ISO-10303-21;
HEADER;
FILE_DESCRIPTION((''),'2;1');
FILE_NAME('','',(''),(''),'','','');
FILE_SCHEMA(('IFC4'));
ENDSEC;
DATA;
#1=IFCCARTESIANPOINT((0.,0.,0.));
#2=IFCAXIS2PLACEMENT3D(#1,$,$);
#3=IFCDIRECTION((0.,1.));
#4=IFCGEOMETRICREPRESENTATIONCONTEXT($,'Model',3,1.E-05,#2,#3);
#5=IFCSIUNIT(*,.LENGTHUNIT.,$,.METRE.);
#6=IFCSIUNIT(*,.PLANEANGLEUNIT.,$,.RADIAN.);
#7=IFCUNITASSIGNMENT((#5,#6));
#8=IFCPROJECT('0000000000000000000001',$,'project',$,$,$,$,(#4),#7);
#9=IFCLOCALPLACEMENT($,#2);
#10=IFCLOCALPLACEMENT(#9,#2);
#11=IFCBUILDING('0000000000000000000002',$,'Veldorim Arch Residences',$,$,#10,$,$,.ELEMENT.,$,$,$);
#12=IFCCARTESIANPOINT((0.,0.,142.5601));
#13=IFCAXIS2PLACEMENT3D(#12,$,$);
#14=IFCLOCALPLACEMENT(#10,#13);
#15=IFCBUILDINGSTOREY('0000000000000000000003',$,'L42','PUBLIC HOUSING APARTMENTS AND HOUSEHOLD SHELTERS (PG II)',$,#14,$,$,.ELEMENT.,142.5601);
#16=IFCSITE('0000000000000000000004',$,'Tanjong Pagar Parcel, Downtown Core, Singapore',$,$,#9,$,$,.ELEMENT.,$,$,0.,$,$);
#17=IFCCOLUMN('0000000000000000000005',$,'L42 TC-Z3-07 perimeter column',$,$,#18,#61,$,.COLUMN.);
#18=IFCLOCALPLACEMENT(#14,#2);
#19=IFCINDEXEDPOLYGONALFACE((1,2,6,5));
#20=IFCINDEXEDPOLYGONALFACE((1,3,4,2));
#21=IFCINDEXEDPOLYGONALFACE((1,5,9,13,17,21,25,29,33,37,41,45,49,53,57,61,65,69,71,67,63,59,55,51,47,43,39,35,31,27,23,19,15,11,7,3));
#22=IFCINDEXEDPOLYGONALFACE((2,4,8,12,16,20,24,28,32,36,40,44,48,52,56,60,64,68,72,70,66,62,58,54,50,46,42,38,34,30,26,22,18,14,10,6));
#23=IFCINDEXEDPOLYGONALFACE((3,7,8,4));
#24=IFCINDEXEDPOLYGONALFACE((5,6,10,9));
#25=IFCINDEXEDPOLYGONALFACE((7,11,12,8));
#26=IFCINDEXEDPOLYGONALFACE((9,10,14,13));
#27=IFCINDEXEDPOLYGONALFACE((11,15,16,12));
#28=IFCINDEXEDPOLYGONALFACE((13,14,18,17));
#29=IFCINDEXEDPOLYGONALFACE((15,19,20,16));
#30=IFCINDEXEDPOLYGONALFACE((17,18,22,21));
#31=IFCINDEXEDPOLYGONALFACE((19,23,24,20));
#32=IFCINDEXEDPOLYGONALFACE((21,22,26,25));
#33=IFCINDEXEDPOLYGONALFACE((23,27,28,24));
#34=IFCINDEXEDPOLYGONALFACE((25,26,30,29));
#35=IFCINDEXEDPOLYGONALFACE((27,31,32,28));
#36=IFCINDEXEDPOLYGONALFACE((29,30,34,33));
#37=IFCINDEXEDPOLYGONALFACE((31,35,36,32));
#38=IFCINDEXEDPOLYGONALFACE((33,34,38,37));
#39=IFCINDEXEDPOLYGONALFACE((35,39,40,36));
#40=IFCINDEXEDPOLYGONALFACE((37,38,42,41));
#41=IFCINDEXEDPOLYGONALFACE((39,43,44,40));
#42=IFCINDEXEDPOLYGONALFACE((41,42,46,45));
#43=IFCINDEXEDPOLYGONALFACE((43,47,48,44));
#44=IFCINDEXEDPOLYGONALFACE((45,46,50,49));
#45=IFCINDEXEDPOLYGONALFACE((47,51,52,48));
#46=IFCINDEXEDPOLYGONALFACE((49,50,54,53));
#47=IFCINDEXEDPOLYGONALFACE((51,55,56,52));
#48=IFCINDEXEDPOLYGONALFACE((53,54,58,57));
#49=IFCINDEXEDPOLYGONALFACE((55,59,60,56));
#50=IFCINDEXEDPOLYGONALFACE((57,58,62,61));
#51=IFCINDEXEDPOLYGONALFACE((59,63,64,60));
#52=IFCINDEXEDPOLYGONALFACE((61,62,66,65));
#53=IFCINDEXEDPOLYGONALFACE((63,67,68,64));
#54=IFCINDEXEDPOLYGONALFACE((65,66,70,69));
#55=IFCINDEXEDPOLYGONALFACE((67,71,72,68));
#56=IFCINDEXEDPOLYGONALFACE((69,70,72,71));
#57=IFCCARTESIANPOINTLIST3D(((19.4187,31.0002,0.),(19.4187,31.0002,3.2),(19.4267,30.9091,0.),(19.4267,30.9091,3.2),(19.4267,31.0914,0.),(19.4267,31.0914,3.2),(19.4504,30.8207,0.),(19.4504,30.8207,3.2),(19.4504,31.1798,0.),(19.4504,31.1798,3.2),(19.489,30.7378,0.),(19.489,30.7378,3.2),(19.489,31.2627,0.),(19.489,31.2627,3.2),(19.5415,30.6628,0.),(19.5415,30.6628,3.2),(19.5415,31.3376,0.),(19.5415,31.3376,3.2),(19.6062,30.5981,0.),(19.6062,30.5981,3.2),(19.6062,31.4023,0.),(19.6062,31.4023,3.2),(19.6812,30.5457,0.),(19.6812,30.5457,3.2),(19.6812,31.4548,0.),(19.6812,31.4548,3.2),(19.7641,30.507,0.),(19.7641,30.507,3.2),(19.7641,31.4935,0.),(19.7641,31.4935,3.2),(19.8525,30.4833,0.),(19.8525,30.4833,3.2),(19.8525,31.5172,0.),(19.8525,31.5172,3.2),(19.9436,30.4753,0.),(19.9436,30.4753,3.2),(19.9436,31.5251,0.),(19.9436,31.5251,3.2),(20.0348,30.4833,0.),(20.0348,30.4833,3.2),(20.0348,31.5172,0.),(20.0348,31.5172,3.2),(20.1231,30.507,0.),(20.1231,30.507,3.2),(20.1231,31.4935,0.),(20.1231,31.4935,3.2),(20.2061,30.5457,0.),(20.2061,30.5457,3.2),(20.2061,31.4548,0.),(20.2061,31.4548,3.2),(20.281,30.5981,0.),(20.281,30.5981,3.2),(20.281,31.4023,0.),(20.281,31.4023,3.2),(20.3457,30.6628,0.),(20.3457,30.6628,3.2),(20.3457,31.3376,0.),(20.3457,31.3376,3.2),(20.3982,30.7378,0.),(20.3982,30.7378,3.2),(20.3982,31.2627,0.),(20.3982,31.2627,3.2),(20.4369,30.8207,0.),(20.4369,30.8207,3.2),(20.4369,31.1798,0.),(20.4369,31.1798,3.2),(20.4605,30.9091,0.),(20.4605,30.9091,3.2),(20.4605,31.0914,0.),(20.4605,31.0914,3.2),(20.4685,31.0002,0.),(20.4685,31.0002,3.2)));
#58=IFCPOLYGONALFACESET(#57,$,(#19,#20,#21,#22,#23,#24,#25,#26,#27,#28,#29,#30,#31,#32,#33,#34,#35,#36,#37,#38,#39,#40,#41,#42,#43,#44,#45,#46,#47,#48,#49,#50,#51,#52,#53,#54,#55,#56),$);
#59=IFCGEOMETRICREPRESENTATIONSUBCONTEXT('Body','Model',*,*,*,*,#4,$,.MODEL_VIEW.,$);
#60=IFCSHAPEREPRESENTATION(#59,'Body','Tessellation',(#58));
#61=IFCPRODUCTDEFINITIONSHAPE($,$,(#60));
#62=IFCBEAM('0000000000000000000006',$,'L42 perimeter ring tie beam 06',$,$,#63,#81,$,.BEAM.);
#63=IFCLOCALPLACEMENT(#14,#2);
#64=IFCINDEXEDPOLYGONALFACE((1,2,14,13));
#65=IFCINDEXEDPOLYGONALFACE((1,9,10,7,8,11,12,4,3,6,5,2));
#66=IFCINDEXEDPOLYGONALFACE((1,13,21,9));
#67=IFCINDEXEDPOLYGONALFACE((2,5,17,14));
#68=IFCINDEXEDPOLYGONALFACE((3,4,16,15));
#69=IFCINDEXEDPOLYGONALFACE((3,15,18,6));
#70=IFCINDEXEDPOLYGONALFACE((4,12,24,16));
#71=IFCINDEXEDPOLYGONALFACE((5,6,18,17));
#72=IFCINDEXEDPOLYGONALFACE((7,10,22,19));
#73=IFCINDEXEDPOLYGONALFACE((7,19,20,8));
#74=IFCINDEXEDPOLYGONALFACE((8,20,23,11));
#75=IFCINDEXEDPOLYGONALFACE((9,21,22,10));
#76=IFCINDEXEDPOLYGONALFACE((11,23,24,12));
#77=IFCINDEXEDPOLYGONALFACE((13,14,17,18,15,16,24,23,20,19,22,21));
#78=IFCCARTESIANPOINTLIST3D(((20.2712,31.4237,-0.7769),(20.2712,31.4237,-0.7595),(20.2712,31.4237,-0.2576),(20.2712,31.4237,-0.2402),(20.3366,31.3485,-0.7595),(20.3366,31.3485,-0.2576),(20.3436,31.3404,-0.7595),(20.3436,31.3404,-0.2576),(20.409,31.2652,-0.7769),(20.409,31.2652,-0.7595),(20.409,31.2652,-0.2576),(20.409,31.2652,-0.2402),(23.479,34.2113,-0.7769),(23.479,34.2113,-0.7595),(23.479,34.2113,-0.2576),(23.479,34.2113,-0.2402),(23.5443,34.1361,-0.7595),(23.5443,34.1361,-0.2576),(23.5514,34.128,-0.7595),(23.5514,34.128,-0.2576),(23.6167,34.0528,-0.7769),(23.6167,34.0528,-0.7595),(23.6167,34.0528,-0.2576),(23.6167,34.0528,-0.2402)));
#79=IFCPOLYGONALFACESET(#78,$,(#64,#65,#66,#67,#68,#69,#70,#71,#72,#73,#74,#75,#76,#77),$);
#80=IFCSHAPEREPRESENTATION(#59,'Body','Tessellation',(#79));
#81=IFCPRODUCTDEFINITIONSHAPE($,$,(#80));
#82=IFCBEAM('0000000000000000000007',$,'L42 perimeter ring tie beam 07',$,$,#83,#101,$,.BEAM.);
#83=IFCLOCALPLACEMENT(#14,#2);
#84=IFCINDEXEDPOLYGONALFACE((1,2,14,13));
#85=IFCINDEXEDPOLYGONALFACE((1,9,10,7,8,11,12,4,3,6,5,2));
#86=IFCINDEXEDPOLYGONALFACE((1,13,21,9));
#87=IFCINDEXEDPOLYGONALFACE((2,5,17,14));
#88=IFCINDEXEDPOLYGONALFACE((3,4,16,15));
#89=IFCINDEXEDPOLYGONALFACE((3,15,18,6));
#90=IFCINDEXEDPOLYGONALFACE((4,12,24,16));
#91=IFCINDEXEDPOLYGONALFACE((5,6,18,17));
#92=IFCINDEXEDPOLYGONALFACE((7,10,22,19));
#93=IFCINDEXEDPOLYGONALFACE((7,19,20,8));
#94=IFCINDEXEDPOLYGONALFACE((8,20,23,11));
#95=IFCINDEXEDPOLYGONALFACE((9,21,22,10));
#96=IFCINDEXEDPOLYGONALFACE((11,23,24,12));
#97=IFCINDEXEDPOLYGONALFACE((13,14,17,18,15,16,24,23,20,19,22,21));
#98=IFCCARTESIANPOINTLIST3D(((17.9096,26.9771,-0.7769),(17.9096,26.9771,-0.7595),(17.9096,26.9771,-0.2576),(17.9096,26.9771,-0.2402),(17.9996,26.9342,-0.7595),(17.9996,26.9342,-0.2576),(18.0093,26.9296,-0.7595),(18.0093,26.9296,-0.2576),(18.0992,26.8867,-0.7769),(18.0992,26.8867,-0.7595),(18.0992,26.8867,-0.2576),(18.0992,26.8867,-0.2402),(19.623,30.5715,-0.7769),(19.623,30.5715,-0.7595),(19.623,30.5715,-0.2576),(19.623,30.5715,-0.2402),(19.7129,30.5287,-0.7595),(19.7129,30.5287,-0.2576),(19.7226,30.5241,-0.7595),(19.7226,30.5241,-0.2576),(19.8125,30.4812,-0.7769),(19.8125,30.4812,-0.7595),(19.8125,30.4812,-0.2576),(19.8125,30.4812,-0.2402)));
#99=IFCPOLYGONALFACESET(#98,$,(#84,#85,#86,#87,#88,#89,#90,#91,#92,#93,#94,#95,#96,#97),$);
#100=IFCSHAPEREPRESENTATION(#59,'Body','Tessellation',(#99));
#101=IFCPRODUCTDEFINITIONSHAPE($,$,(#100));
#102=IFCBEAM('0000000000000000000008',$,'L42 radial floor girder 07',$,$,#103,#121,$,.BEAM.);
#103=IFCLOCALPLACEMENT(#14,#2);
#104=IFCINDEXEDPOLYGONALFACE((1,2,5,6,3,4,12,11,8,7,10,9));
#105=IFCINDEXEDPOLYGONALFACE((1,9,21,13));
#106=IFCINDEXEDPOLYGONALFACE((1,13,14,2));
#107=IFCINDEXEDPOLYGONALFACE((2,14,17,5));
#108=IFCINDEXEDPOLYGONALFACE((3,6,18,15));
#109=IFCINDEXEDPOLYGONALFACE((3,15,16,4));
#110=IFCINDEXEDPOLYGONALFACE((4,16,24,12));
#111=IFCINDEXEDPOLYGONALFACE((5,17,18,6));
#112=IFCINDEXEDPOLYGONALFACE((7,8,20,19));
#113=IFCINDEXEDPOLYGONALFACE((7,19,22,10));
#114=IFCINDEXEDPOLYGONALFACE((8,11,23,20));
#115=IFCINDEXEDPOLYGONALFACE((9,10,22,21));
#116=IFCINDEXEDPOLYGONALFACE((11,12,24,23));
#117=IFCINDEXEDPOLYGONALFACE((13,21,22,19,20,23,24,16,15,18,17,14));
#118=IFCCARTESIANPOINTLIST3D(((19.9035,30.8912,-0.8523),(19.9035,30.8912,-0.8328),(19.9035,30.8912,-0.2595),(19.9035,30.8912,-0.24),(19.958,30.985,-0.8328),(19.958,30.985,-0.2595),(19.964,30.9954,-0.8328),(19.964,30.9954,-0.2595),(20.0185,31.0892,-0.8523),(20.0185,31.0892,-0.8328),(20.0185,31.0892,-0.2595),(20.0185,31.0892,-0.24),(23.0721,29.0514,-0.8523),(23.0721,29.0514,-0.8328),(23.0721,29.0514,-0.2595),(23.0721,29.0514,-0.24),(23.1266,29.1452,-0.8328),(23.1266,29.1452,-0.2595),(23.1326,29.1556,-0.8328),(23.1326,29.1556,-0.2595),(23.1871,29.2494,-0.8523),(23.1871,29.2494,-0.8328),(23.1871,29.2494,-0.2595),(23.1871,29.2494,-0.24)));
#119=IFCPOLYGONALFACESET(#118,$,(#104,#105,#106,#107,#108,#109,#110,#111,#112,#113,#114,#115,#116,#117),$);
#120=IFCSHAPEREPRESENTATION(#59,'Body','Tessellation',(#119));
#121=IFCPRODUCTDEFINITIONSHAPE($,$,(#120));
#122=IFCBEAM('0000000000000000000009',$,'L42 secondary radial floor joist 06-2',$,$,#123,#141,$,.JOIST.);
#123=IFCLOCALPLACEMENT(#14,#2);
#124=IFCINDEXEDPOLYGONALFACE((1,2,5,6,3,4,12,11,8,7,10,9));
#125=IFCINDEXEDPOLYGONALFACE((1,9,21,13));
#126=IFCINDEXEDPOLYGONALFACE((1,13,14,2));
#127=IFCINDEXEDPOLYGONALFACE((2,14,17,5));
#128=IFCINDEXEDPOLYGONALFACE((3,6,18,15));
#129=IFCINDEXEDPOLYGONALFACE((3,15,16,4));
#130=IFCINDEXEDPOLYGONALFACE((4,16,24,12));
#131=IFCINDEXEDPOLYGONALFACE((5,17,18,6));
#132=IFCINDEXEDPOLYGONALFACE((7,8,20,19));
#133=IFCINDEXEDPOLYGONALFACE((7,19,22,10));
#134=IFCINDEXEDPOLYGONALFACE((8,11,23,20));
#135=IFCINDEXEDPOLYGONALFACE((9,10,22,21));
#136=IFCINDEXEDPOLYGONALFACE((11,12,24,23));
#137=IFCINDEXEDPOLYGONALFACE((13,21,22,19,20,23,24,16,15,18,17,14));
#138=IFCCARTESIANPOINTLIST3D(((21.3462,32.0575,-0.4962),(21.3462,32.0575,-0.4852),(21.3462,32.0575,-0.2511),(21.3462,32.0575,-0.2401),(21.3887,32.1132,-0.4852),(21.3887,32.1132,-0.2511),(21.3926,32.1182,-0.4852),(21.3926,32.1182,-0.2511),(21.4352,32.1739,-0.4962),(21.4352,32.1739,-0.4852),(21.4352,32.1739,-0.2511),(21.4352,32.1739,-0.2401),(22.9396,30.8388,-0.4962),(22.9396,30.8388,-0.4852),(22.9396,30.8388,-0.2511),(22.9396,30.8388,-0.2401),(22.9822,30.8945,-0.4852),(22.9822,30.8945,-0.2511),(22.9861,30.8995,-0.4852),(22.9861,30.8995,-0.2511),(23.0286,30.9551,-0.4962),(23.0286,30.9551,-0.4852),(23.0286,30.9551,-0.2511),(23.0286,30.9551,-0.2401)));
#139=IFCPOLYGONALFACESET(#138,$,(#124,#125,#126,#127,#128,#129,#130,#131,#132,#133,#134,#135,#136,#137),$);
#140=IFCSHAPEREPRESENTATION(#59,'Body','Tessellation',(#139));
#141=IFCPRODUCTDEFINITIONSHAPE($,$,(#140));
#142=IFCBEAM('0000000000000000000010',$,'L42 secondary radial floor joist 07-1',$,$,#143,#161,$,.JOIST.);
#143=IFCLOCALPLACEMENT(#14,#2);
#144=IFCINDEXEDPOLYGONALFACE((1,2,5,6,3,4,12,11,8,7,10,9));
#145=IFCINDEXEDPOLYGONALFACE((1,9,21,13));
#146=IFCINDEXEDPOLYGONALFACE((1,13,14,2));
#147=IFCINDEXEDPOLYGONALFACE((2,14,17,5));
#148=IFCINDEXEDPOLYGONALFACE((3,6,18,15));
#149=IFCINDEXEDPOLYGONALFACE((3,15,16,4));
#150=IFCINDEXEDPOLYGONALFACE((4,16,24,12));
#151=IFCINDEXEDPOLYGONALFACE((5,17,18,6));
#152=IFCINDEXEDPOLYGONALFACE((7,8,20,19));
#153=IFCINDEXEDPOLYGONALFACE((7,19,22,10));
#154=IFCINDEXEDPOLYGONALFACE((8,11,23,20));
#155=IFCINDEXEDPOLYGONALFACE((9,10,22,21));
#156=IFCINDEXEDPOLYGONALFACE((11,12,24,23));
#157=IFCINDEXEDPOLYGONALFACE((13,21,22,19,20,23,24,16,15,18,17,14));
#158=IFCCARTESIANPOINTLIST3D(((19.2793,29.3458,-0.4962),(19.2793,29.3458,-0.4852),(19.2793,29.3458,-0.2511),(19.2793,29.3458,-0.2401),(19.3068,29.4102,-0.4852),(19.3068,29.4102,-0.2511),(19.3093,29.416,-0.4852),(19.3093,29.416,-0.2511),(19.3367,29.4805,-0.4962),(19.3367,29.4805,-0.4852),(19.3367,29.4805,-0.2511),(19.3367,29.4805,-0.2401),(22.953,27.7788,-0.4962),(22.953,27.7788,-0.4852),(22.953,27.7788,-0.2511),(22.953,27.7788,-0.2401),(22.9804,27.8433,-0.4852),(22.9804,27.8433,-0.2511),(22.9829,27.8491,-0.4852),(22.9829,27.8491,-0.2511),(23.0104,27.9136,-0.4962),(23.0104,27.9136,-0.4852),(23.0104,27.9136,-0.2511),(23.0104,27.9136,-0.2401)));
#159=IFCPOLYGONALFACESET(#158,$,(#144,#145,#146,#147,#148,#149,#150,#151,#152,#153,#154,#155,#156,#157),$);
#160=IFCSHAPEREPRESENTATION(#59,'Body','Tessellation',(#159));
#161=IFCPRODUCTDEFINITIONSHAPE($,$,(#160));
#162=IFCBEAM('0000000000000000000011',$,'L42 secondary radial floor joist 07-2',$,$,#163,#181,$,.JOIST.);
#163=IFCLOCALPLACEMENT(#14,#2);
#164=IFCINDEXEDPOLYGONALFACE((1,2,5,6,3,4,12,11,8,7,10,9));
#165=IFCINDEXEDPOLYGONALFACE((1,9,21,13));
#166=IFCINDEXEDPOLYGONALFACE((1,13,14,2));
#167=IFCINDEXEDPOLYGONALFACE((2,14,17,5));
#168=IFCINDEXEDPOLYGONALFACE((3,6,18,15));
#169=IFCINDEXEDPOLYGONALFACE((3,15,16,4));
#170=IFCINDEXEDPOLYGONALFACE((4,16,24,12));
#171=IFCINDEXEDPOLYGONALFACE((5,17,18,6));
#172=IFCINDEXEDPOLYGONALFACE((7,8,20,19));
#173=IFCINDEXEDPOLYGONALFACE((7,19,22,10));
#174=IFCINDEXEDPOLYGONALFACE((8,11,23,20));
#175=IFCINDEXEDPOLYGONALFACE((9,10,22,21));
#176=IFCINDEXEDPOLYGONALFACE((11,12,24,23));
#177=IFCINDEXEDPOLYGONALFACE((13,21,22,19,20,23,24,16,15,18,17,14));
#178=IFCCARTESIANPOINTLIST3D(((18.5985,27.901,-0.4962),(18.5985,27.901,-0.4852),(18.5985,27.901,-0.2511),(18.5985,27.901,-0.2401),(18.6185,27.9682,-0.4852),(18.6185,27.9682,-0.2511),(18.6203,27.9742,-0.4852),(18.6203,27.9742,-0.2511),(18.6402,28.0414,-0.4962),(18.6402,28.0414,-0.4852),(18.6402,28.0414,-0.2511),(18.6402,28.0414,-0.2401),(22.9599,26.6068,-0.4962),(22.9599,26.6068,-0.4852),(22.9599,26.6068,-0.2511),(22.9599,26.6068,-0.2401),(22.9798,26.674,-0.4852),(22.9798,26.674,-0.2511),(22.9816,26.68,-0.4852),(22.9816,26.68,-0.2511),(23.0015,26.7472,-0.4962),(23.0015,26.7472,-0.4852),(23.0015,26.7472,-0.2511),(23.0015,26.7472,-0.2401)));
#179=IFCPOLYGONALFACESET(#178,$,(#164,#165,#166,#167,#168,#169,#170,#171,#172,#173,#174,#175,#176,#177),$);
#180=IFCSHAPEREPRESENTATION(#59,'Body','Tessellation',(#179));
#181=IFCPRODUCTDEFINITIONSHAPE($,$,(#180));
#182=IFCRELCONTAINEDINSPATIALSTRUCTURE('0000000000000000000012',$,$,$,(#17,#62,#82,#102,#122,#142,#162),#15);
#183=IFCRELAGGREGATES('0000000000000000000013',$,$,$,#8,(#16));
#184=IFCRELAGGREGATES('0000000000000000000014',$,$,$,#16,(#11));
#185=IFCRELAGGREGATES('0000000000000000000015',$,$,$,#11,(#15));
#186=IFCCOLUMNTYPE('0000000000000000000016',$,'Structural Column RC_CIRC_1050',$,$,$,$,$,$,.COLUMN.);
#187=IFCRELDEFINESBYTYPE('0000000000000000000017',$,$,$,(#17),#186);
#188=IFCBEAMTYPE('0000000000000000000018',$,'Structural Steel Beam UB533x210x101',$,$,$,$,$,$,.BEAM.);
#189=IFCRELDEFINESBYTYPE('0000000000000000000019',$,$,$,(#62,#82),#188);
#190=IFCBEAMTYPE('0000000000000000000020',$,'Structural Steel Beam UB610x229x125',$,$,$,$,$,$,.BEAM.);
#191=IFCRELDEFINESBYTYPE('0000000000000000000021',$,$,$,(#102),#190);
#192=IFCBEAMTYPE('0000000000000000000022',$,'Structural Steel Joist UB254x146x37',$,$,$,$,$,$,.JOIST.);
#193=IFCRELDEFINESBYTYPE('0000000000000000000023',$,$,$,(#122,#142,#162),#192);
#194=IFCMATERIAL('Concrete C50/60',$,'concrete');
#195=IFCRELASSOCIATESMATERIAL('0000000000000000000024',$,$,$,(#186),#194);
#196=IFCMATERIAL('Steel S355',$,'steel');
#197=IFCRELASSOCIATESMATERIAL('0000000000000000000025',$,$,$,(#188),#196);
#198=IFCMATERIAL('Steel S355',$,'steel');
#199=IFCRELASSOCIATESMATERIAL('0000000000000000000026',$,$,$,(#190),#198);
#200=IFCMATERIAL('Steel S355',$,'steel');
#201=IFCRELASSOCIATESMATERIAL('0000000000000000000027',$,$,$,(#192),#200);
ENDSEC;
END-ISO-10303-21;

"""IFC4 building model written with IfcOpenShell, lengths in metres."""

from ifc_helpers import new_model, si_unit, direction, frame, origin, origin_2d, place, context, subcontext, project, spatial, circle, i_section, extrude, material, material_profile, profile_set, type_object, element, save


model = new_model("IFC4")

# Units and contexts
model_context = context("Model", 3, precision=1e-05, world=origin(), true_north=direction((0.0, 1.0)))
body_context = subcontext(model_context, "Body", "Model", "MODEL_VIEW")
ifc_project = project(units=[si_unit("LENGTHUNIT", "METRE"), si_unit("PLANEANGLEUNIT", "RADIAN")], contexts=[model_context])

# Site, building, storey
site_placement = place(None, origin())
site = spatial("IfcSite", under=ifc_project, at=site_placement, Name="Tanjong Pagar Parcel, Downtown Core, Singapore", CompositionType="ELEMENT", RefElevation=0.0)
building_placement = place(site_placement, origin())
building = spatial("IfcBuilding", under=site, at=building_placement, Name="Veldorim Arch Residences", CompositionType="ELEMENT")
storey_placement = place(building_placement, frame((0.0, 0.0, 142.5601)))
storey = spatial("IfcBuildingStorey", under=building, at=storey_placement, Name="L42", Description="PUBLIC HOUSING APARTMENTS AND HOUSEHOLD SHELTERS (PG II)", CompositionType="ELEMENT", Elevation=142.5601)

# Column
ifc_material_1 = material(Name="Concrete C50/60", Category="concrete")
ifc_material_profile_1 = material_profile(ifc_material_1, circle(Radius=0.5249, at=origin_2d()), Name="RC_CIRC_1050")
ifc_profile_set_1 = profile_set([ifc_material_profile_1], Name="Concrete C50/60")
column_type = type_object("IfcColumnType", Name="Structural Column RC_CIRC_1050", PredefinedType="COLUMN", material=ifc_profile_set_1)
column_placement = place(storey_placement, frame((19.9436, 31.0002, 0.0), z_axis=(0.0, 0.0, 1.0), x_axis=(1.0, 0.0, 0.0)))
element("IfcColumn", 1, at=column_placement, inside=storey, type_object=column_type, Name="L42 TC-Z3-07 perimeter column", PredefinedType="COLUMN", context=body_context, shape_type="SweptSolid", body=[
    extrude(circle(Radius=0.5249, at=origin_2d()), origin(), (0.0, 0.0, 1.0), 3.2),
])

# Beams
ifc_material_2 = material(Name="Steel S355", Category="steel")
ifc_material_profile_2 = material_profile(ifc_material_2, i_section(OverallWidth=0.21, OverallDepth=0.5366, WebThickness=0.0107, FlangeThickness=0.0173, at=origin_2d()), Name="UB533x210x101")
ifc_profile_set_2 = profile_set([ifc_material_profile_2], Name="Steel S355")
beam_type_1 = type_object("IfcBeamType", Name="Structural Steel Beam UB533x210x101", PredefinedType="BEAM", material=ifc_profile_set_2)
beam_1_placement = place(storey_placement, frame((23.5479, 34.1321, -0.5085), z_axis=(-0.754811, -0.655943, 0.0), x_axis=(0.655943, -0.754811, 0.0)))
element("IfcBeam", 2, at=beam_1_placement, inside=storey, type_object=beam_type_1, Name="L42 perimeter ring tie beam 06", PredefinedType="BEAM", context=body_context, shape_type="SweptSolid", body=[
    extrude(i_section(OverallWidth=0.21, OverallDepth=0.5366, WebThickness=0.0107, FlangeThickness=0.0173, at=origin_2d()), origin(), (0.0, 0.0, 1.0), 4.2498),
])
beam_2_placement = place(storey_placement, frame((19.7178, 30.5264, -0.5085), z_axis=(-0.430286, -0.902693, 0.0), x_axis=(0.902693, -0.430286, 0.0)))
element("IfcBeam", 3, at=beam_2_placement, inside=storey, type_object=beam_type_1, Name="L42 perimeter ring tie beam 07", PredefinedType="BEAM", context=body_context, shape_type="SweptSolid", body=[
    extrude(i_section(OverallWidth=0.21, OverallDepth=0.5366, WebThickness=0.0107, FlangeThickness=0.0173, at=origin_2d()), origin(), (0.0, 0.0, 1.0), 3.9819),
])
ifc_material_3 = material(Name="Steel S355", Category="steel")
ifc_material_profile_3 = material_profile(ifc_material_3, i_section(OverallWidth=0.229, OverallDepth=0.6123, WebThickness=0.012, FlangeThickness=0.0195, at=origin_2d()), Name="UB610x229x125")
ifc_profile_set_3 = profile_set([ifc_material_profile_3], Name="Steel S355")
beam_type_2 = type_object("IfcBeamType", Name="Structural Steel Beam UB610x229x125", PredefinedType="BEAM", material=ifc_profile_set_3)
beam_3_placement = place(storey_placement, frame((23.1296, 29.1504, -0.5461), z_axis=(-0.864795, 0.502126, 0.0), x_axis=(-0.502126, -0.864795, 0.0)))
element("IfcBeam", 4, at=beam_3_placement, inside=storey, type_object=beam_type_2, Name="L42 radial floor girder 07", PredefinedType="BEAM", context=body_context, shape_type="SweptSolid", body=[
    extrude(i_section(OverallWidth=0.229, OverallDepth=0.6123, WebThickness=0.012, FlangeThickness=0.0195, at=origin_2d()), origin(), (0.0, 0.0, 1.0), 3.6641),
])
ifc_material_4 = material(Name="Steel S355", Category="steel")
ifc_material_profile_4 = material_profile(ifc_material_4, i_section(OverallWidth=0.1465, OverallDepth=0.2561, WebThickness=0.0063, FlangeThickness=0.011, at=origin_2d()), Name="UB254x146x37")
ifc_profile_set_4 = profile_set([ifc_material_profile_4], Name="Steel S355")
beam_type_3 = type_object("IfcBeamType", Name="Structural Steel Joist UB254x146x37", PredefinedType="JOIST", material=ifc_profile_set_4)
beam_4_placement = place(storey_placement, frame((22.9841, 30.897, -0.3682), z_axis=(-0.794313, 0.607509, 0.0), x_axis=(-0.607509, -0.794313, 0.0)))
element("IfcBeam", 5, at=beam_4_placement, inside=storey, type_object=beam_type_3, Name="L42 secondary radial floor joist 06-2", PredefinedType="JOIST", context=body_context, shape_type="SweptSolid", body=[
    extrude(i_section(OverallWidth=0.1465, OverallDepth=0.2561, WebThickness=0.0063, FlangeThickness=0.011, at=origin_2d()), origin(), (0.0, 0.0, 1.0), 2.0061),
])
beam_5_placement = place(storey_placement, frame((22.9817, 27.8462, -0.3682), z_axis=(-0.919823, 0.392332, 0.0), x_axis=(-0.392332, -0.919823, 0.0)))
element("IfcBeam", 6, at=beam_5_placement, inside=storey, type_object=beam_type_3, Name="L42 secondary radial floor joist 07-1", PredefinedType="JOIST", context=body_context, shape_type="SweptSolid", body=[
    extrude(i_section(OverallWidth=0.1465, OverallDepth=0.2561, WebThickness=0.0063, FlangeThickness=0.011, at=origin_2d()), origin(), (0.0, 0.0, 1.0), 3.9939),
])
beam_6_placement = place(storey_placement, frame((22.9807, 26.677, -0.3682), z_axis=(-0.958682, 0.284481, 0.0), x_axis=(-0.284481, -0.958682, 0.0)))
element("IfcBeam", 7, at=beam_6_placement, inside=storey, type_object=beam_type_3, Name="L42 secondary radial floor joist 07-2", PredefinedType="JOIST", context=body_context, shape_type="SweptSolid", body=[
    extrude(i_section(OverallWidth=0.1465, OverallDepth=0.2561, WebThickness=0.0063, FlangeThickness=0.011, at=origin_2d()), origin(), (0.0, 0.0, 1.0), 4.5493),
])

save(model, "model.ifc")
